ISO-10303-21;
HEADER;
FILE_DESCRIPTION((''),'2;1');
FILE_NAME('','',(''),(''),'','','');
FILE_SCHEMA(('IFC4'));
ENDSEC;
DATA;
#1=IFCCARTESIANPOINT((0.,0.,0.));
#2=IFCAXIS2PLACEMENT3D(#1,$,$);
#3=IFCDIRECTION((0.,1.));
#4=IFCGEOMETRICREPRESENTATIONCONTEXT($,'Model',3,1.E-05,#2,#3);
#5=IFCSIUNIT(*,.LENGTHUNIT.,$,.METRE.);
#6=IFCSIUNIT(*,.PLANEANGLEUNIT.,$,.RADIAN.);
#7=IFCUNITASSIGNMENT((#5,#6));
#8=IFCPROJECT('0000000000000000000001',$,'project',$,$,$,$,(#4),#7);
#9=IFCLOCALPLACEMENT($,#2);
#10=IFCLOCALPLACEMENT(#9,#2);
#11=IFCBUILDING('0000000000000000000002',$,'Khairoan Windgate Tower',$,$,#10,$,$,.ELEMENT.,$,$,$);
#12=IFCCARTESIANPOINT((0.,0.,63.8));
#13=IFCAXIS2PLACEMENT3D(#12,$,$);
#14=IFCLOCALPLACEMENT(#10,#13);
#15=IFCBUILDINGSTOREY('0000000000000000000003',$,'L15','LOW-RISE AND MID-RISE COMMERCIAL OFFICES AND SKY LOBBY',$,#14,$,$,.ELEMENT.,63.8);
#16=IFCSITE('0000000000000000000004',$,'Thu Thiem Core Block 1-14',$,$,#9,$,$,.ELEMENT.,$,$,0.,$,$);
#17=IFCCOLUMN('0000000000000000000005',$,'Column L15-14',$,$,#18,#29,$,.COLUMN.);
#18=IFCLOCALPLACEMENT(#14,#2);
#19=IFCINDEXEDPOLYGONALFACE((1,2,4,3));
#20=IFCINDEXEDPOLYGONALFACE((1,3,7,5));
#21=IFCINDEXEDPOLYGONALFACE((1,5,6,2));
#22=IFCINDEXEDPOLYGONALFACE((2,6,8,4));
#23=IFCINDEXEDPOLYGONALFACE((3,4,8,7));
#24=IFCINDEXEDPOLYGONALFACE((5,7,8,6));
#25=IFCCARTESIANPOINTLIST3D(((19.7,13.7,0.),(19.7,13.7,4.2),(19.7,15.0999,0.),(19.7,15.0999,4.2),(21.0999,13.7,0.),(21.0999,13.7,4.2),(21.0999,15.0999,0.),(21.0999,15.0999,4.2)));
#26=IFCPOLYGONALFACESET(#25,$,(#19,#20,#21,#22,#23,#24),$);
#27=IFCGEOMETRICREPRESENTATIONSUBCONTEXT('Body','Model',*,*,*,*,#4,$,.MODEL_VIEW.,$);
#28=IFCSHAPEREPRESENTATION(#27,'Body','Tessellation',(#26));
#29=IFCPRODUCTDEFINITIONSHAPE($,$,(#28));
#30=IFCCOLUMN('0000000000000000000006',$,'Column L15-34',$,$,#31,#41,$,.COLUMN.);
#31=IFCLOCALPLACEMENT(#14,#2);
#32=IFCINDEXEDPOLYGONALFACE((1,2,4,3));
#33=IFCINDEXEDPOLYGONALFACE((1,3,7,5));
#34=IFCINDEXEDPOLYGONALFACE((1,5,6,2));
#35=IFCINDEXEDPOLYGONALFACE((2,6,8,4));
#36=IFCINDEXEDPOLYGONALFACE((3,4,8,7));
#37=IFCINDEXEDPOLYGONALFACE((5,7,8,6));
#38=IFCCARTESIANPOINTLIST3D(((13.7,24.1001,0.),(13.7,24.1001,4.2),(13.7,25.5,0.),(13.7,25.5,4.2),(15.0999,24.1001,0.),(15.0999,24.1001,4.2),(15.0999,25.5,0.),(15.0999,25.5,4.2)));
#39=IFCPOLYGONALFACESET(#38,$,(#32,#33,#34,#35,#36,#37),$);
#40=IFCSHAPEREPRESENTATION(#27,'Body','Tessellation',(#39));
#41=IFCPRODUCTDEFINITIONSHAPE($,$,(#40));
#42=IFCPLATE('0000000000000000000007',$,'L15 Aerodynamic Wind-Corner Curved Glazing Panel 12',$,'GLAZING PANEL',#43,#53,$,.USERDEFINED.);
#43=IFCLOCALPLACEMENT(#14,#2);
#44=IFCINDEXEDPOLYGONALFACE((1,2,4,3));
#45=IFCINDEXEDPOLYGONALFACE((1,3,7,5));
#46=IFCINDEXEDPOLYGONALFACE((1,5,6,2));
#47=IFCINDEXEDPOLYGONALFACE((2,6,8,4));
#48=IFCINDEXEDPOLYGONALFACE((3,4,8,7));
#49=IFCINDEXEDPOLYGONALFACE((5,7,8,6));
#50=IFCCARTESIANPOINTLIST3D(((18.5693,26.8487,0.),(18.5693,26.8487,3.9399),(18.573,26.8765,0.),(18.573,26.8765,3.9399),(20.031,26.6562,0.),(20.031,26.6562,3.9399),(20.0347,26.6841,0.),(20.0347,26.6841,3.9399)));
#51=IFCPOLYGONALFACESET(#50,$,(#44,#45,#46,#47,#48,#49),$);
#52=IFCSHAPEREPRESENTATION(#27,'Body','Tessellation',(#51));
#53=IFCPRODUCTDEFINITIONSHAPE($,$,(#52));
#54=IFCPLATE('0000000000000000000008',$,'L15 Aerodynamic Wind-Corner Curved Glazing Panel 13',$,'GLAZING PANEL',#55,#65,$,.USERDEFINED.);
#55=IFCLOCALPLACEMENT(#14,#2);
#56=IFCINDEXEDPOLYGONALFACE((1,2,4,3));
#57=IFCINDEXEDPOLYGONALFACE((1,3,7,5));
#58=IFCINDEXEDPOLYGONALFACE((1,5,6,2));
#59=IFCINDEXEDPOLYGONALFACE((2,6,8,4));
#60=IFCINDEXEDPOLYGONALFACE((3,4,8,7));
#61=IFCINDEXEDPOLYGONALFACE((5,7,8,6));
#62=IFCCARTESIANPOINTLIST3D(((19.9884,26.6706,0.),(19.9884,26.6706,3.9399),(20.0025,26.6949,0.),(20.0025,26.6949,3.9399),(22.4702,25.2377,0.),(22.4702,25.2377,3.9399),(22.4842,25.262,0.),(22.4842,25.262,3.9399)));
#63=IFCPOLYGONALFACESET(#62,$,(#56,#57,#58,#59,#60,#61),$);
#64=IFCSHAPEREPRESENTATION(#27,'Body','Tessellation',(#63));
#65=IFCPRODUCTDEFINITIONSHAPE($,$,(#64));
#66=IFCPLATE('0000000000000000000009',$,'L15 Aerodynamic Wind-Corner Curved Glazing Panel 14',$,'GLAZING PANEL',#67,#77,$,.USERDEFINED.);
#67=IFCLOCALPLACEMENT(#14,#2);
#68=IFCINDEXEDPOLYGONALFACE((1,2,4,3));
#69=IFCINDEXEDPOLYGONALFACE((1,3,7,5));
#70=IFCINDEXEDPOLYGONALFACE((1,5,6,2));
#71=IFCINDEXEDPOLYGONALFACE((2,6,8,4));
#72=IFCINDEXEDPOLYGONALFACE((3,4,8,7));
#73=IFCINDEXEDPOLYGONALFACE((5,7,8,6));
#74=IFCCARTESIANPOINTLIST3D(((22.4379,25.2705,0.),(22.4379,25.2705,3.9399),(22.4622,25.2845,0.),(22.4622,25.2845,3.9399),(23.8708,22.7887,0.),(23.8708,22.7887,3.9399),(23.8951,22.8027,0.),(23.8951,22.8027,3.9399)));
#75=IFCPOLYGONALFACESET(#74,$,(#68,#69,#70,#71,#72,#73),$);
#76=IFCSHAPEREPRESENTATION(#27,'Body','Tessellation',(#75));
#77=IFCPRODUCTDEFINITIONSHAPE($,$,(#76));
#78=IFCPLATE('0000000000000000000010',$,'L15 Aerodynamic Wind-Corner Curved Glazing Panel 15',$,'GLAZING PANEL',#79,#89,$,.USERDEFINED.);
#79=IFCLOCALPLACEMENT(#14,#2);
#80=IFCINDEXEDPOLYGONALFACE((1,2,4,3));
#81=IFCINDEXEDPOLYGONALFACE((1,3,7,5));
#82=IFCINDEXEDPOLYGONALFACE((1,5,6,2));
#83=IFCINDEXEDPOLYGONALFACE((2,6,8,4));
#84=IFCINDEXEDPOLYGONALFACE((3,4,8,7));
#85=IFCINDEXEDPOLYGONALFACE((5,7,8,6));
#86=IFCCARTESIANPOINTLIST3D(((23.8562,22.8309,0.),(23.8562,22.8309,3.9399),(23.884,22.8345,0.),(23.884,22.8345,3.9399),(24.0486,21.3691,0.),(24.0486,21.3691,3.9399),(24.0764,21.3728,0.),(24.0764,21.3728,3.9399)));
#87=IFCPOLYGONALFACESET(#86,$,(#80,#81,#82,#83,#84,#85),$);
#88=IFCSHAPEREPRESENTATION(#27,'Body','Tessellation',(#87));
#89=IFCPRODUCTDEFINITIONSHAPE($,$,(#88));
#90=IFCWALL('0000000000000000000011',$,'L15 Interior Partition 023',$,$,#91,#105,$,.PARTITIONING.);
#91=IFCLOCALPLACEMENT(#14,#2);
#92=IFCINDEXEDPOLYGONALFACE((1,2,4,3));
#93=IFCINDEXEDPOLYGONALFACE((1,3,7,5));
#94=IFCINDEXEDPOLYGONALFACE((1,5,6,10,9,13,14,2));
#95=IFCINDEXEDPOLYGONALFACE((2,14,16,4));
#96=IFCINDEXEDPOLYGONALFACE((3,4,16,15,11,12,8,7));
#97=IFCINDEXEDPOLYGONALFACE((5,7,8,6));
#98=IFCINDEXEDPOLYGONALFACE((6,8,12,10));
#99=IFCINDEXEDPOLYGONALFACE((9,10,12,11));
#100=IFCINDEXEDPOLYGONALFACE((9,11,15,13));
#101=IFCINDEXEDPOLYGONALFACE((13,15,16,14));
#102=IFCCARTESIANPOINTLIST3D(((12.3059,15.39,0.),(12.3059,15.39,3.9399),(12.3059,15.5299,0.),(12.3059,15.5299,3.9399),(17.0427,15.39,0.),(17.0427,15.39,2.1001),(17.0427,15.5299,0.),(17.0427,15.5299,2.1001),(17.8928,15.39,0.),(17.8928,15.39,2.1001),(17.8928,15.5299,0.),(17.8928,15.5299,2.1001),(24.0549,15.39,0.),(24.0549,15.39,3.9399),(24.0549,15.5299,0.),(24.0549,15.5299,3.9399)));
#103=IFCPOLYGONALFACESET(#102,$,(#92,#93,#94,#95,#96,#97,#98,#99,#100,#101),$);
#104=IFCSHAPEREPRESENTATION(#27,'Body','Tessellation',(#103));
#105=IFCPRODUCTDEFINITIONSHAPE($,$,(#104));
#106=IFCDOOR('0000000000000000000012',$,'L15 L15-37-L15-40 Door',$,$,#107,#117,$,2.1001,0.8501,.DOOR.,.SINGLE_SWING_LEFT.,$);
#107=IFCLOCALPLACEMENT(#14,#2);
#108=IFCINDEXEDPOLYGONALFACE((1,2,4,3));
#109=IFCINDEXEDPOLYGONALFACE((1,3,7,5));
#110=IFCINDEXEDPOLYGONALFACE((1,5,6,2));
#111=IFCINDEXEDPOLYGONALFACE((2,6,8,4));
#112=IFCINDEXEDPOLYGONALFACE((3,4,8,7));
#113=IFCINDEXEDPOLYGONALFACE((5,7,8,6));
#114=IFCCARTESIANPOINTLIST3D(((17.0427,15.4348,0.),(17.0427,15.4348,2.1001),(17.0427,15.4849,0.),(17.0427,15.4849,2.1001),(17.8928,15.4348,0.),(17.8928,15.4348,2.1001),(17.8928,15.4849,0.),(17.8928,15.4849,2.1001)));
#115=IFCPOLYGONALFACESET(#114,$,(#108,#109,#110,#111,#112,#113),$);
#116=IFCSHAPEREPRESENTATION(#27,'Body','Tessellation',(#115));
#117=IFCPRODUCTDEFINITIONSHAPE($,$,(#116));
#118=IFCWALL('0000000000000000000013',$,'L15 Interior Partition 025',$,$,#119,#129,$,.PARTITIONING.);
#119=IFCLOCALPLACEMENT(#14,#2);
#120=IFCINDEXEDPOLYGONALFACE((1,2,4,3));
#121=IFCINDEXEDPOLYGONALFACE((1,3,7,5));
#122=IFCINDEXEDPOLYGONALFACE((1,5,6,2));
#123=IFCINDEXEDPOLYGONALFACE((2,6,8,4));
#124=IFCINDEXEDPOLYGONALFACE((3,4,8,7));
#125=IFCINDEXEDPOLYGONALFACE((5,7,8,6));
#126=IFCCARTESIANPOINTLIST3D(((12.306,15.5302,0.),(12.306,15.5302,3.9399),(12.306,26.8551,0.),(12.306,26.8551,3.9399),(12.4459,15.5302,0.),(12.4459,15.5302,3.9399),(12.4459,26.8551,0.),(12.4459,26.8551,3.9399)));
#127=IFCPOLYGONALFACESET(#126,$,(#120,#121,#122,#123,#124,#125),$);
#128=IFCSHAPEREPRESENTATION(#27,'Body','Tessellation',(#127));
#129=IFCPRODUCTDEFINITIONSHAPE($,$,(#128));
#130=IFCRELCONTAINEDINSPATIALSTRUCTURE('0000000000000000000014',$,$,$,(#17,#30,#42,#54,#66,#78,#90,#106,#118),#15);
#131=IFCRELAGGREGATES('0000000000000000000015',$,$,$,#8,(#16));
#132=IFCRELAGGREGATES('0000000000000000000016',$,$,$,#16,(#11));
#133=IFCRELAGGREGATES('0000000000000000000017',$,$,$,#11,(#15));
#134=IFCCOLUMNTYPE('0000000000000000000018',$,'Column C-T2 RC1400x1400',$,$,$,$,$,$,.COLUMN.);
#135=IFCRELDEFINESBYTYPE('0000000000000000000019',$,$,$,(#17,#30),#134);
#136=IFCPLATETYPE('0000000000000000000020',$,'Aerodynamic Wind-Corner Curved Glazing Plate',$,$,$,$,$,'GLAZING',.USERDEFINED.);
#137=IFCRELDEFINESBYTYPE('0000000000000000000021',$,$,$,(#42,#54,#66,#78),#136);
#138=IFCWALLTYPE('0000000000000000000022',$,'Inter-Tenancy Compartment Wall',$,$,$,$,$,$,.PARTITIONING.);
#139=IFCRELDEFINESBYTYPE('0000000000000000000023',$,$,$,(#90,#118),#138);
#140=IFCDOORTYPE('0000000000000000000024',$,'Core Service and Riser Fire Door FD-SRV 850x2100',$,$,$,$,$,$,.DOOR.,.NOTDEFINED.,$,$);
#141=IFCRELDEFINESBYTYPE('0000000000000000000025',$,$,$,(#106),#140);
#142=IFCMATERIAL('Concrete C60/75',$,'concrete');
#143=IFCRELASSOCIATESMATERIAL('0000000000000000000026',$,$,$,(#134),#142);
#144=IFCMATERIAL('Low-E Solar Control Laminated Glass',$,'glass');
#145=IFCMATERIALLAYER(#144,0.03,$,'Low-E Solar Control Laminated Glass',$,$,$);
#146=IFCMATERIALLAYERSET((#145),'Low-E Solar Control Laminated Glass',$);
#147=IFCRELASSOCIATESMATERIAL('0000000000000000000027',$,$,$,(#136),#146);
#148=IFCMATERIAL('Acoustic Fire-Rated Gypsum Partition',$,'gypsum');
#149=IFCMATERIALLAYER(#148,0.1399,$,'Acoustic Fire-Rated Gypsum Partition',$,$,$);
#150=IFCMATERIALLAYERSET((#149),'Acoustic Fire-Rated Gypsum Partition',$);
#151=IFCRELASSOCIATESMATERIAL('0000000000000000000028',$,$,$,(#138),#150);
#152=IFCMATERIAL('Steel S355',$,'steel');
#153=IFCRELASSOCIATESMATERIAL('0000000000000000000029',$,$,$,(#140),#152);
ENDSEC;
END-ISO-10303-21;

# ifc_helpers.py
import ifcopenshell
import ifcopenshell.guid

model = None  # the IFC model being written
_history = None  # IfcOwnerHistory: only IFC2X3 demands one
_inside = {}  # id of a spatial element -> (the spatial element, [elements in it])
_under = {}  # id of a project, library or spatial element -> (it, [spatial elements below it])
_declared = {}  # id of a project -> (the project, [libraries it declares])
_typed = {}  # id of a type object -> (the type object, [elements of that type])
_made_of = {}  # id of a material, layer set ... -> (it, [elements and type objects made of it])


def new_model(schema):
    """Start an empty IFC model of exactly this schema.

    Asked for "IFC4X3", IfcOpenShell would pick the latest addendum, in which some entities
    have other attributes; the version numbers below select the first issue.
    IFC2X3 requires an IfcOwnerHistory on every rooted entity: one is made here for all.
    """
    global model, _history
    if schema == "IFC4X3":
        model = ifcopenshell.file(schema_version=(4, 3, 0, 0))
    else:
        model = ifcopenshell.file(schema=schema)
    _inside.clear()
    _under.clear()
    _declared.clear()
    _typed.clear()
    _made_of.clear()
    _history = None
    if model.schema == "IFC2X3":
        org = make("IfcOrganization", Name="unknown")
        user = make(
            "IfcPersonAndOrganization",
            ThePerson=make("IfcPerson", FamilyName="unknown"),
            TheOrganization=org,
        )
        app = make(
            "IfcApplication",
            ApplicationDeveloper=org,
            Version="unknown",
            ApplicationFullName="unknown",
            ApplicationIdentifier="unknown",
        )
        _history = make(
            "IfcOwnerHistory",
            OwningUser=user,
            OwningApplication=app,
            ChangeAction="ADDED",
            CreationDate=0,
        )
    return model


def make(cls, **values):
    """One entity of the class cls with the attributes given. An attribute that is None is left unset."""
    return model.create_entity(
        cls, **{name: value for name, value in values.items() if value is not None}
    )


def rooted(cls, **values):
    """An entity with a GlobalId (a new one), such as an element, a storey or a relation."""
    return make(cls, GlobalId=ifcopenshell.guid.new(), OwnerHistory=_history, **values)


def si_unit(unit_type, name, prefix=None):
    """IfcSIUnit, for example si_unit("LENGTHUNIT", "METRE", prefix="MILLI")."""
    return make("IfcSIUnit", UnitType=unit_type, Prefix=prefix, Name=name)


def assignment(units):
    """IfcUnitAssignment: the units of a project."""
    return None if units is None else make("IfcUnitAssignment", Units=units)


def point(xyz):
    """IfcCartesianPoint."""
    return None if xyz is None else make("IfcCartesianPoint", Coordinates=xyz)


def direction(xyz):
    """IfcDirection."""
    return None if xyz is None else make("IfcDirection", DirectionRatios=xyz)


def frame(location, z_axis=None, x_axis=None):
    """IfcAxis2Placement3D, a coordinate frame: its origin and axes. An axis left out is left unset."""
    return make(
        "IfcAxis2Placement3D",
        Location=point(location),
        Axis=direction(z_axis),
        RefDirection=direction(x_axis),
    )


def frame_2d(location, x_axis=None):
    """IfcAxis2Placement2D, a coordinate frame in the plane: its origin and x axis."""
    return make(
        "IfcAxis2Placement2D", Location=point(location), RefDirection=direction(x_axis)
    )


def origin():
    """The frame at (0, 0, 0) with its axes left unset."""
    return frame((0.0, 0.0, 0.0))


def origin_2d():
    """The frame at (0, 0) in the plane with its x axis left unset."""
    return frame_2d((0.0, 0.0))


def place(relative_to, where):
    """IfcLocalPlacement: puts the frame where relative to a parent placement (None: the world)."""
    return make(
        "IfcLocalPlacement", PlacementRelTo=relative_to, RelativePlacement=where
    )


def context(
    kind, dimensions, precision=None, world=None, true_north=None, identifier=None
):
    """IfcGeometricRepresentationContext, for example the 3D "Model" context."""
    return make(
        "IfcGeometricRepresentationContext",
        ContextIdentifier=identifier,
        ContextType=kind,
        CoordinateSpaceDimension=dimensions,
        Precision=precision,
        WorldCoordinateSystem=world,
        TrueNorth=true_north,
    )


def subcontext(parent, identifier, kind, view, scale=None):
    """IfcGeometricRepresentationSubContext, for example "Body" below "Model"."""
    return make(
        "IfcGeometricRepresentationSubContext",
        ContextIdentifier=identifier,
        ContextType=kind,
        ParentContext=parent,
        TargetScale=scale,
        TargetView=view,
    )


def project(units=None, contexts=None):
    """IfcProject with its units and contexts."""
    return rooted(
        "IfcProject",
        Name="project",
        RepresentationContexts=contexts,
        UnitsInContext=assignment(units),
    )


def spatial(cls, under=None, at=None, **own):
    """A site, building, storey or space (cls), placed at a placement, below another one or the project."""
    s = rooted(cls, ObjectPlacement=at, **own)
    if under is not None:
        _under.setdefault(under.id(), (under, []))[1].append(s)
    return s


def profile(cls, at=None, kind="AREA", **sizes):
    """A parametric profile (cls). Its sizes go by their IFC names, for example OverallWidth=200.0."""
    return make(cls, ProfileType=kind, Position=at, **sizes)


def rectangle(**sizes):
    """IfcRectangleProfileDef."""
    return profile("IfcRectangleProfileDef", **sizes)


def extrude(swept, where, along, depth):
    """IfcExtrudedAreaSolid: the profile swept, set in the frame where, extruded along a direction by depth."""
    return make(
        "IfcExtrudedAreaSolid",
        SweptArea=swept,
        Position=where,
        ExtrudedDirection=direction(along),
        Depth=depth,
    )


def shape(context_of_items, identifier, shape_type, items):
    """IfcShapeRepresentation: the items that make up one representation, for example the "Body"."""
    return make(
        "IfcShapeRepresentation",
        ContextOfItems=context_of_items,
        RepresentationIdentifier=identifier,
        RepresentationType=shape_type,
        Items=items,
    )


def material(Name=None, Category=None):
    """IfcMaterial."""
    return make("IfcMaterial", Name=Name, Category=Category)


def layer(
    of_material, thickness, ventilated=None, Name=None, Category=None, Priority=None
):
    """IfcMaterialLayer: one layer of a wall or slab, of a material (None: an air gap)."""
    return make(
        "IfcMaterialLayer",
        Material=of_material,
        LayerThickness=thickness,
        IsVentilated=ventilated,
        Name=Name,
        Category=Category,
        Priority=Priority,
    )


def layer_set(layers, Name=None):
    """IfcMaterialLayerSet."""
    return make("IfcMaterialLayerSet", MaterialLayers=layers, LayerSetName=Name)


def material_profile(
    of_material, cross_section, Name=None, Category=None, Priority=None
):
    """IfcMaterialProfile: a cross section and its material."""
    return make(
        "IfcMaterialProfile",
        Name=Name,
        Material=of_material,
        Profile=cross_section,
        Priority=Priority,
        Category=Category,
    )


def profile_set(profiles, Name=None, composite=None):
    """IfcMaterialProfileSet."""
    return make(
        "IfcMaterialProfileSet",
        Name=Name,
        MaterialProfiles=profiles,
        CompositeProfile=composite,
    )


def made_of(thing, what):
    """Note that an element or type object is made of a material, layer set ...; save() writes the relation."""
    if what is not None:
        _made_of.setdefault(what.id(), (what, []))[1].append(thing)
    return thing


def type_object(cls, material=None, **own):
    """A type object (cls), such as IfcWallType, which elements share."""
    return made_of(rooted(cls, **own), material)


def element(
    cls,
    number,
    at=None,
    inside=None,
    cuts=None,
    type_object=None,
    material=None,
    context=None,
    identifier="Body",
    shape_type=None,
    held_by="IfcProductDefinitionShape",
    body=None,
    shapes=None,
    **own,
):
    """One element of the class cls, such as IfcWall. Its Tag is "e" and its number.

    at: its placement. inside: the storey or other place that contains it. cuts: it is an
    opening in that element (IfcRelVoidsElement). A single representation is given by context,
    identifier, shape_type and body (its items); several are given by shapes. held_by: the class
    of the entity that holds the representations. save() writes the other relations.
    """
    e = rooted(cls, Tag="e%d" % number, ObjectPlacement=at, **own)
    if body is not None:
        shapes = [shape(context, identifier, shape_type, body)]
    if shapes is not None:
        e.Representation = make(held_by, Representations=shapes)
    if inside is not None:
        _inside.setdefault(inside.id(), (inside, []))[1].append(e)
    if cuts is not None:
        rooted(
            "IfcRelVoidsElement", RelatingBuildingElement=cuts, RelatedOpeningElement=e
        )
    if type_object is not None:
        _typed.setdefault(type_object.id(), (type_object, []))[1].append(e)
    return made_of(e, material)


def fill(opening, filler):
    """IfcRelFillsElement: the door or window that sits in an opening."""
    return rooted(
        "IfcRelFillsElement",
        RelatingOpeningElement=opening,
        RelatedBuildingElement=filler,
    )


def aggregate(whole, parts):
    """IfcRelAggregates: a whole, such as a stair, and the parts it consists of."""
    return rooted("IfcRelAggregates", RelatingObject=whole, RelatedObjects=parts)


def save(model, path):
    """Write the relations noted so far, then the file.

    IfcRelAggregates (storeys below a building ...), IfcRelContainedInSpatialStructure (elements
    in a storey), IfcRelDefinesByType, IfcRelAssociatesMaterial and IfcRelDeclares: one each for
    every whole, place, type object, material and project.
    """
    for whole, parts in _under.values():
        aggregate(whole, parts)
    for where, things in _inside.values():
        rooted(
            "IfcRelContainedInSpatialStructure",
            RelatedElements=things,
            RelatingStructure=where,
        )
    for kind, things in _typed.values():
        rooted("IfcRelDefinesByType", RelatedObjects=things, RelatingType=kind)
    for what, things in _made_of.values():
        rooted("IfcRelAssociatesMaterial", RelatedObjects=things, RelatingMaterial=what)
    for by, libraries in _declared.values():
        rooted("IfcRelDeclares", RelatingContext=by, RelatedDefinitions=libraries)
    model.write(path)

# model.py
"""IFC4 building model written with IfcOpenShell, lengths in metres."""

from ifc_helpers import new_model, si_unit, direction, frame, frame_2d, origin, origin_2d, place, context, subcontext, project, spatial, rectangle, extrude, material, layer, layer_set, material_profile, profile_set, type_object, element, fill, save


model = new_model("IFC4")

# Units and contexts
model_context = context("Model", 3, precision=1e-05, world=origin(), true_north=direction((0.0, 1.0)))
body_context = subcontext(model_context, "Body", "Model", "MODEL_VIEW")
ifc_project = project(units=[si_unit("LENGTHUNIT", "METRE"), si_unit("PLANEANGLEUNIT", "RADIAN")], contexts=[model_context])

# Site, building, storey
site_placement = place(None, origin())
site = spatial("IfcSite", under=ifc_project, at=site_placement, Name="Thu Thiem Core Block 1-14", CompositionType="ELEMENT", RefElevation=0.0)
building_placement = place(site_placement, origin())
building = spatial("IfcBuilding", under=site, at=building_placement, Name="Khairoan Windgate Tower", CompositionType="ELEMENT")
storey_placement = place(building_placement, frame((0.0, 0.0, 63.8)))
storey = spatial("IfcBuildingStorey", under=building, at=storey_placement, Name="L15", Description="LOW-RISE AND MID-RISE COMMERCIAL OFFICES AND SKY LOBBY", CompositionType="ELEMENT", Elevation=63.8)

# Columns
ifc_material_1 = material(Name="Concrete C60/75", Category="concrete")
ifc_material_profile_1 = material_profile(ifc_material_1, rectangle(XDim=1.3999, YDim=1.3999, at=origin_2d()))
ifc_profile_set_1 = profile_set([ifc_material_profile_1], Name="Concrete C60/75")
column_type = type_object("IfcColumnType", Name="Column C-T2 RC1400x1400", PredefinedType="COLUMN", material=ifc_profile_set_1)
for number, where, z_axis, x_axis, name in (
    (1, (20.3999, 14.3999, 0.0), (0.0, 0.0, 1.0), (1.0, 0.0, 0.0), "Column L15-14"),
    (2, (14.3999, 24.8, 0.0), (0.0, 0.0, 1.0), (1.0, 0.0, 0.0), "Column L15-34"),
):
    element("IfcColumn", number, at=place(storey_placement, frame(where, z_axis=z_axis, x_axis=x_axis)), inside=storey, type_object=column_type, Name=name, PredefinedType="COLUMN", context=body_context, shape_type="SweptSolid", body=[
        extrude(rectangle(XDim=1.3999, YDim=1.3999, at=origin_2d()), origin(), (0.0, 0.0, 1.0), 4.2),
    ])

# Plates
ifc_material_2 = material(Name="Low-E Solar Control Laminated Glass", Category="glass")
ifc_layer_1 = layer(ifc_material_2, 0.03, Name="Low-E Solar Control Laminated Glass")
ifc_layer_set_1 = layer_set([ifc_layer_1], Name="Low-E Solar Control Laminated Glass")
plate_type_1 = type_object("IfcPlateType", Name="Aerodynamic Wind-Corner Curved Glazing Plate", ElementType="GLAZING", PredefinedType="USERDEFINED", material=ifc_layer_set_1)
plate_1_placement = place(storey_placement, frame((19.302, 26.7664, 0.0), z_axis=(0.0, 0.0, 1.0), x_axis=(0.991445, -0.130526, 0.0)))
element("IfcPlate", 3, at=plate_1_placement, inside=storey, type_object=plate_type_1, Name="L15 Aerodynamic Wind-Corner Curved Glazing Panel 12", ObjectType="GLAZING PANEL", PredefinedType="USERDEFINED", context=body_context, shape_type="SweptSolid", body=[
    extrude(rectangle(XDim=1.4744, YDim=0.0281, at=origin_2d()), origin(), (0.0, 0.0, 1.0), 3.9399),
])
for number, where, z_axis, x_axis, name in (
    (4, (21.2363, 25.9663, 0.0), (0.0, 0.0, 1.0), (0.866025, -0.5, 0.0), "L15 Aerodynamic Wind-Corner Curved Glazing Panel 13"),
    (5, (23.1665, 24.0366, 0.0), (0.0, 0.0, 1.0), (0.5, -0.866025, 0.0), "L15 Aerodynamic Wind-Corner Curved Glazing Panel 14"),
):
    element("IfcPlate", number, at=place(storey_placement, frame(where, z_axis=z_axis, x_axis=x_axis)), inside=storey, type_object=plate_type_1, Name=name, ObjectType="GLAZING PANEL", PredefinedType="USERDEFINED", context=body_context, shape_type="SweptSolid", body=[
        extrude(rectangle(XDim=2.8657, YDim=0.0281, at=origin_2d()), origin(), (0.0, 0.0, 1.0), 3.9399),
    ])
plate_2_placement = place(storey_placement, frame((23.9663, 22.1018, 0.0), z_axis=(0.0, 0.0, 1.0), x_axis=(0.130526, -0.991445, 0.0)))
element("IfcPlate", 6, at=plate_2_placement, inside=storey, type_object=plate_type_1, Name="L15 Aerodynamic Wind-Corner Curved Glazing Panel 15", ObjectType="GLAZING PANEL", PredefinedType="USERDEFINED", context=body_context, shape_type="SweptSolid", body=[
    extrude(rectangle(XDim=1.4744, YDim=0.0281, at=origin_2d()), origin(), (0.0, 0.0, 1.0), 3.9399),
])

# Wall, opening, door
ifc_material_3 = material(Name="Acoustic Fire-Rated Gypsum Partition", Category="gypsum")
ifc_layer_2 = layer(ifc_material_3, 0.1399, Name="Acoustic Fire-Rated Gypsum Partition")
ifc_layer_set_2 = layer_set([ifc_layer_2], Name="Acoustic Fire-Rated Gypsum Partition")
wall_type = type_object("IfcWallType", Name="Inter-Tenancy Compartment Wall", PredefinedType="PARTITIONING", material=ifc_layer_set_2)
wall_1_placement = place(storey_placement, frame((12.3059, 15.46, 0.0), z_axis=(0.0, 0.0, 1.0), x_axis=(1.0, 0.0, 0.0)))
wall_1 = element("IfcWall", 7, at=wall_1_placement, inside=storey, type_object=wall_type, Name="L15 Interior Partition 023", PredefinedType="PARTITIONING", context=body_context, shape_type="SweptSolid", body=[
    extrude(rectangle(XDim=11.749, YDim=0.1399, at=frame_2d((5.8745, 0.0))), origin(), (0.0, 0.0, 1.0), 3.9399),
])
opening_placement = place(wall_1_placement, frame((4.7368, 0.0, 0.0)))
opening = element("IfcOpeningElement", 8, at=opening_placement, cuts=wall_1, PredefinedType="OPENING", context=body_context, shape_type="SweptSolid", body=[
    extrude(rectangle(XDim=0.8501, YDim=2.1001, at=frame_2d((0.425, 1.05))), frame((0.0, 0.0798, 0.0), z_axis=(0.0, -1.0, 0.0), x_axis=(1.0, 0.0, 0.0)), (0.0, 0.0, 1.0), 0.1599),
])
ifc_material_4 = material(Name="Steel S355", Category="steel")
door_type = type_object("IfcDoorType", Name="Core Service and Riser Fire Door FD-SRV 850x2100", OperationType="NOTDEFINED", PredefinedType="DOOR", material=ifc_material_4)
door_placement = place(opening_placement, origin())
door = element("IfcDoor", 9, at=door_placement, inside=storey, type_object=door_type, Name="L15 L15-37-L15-40 Door", OperationType="SINGLE_SWING_LEFT", OverallHeight=2.1001, OverallWidth=0.8501, PredefinedType="DOOR", context=body_context, shape_type="SweptSolid", body=[
    extrude(rectangle(XDim=0.8501, YDim=2.1001, at=frame_2d((0.425, 1.05))), frame((0.0, 0.0249, 0.0), z_axis=(0.0, -1.0, 0.0), x_axis=(1.0, 0.0, 0.0)), (0.0, 0.0, 1.0), 0.05),
])
fill(opening, door)

# Wall
wall_2_placement = place(storey_placement, frame((12.376, 15.53, 0.0), z_axis=(0.0, 0.0, 1.0), x_axis=(0.0, 1.0, 0.0)))
element("IfcWall", 10, at=wall_2_placement, inside=storey, type_object=wall_type, Name="L15 Interior Partition 025", PredefinedType="PARTITIONING", context=body_context, shape_type="SweptSolid", body=[
    extrude(rectangle(XDim=11.325, YDim=0.1399, at=frame_2d((5.6626, 0.0))), origin(), (0.0, 0.0, 1.0), 3.9399),
])

save(model, "model.ifc")
